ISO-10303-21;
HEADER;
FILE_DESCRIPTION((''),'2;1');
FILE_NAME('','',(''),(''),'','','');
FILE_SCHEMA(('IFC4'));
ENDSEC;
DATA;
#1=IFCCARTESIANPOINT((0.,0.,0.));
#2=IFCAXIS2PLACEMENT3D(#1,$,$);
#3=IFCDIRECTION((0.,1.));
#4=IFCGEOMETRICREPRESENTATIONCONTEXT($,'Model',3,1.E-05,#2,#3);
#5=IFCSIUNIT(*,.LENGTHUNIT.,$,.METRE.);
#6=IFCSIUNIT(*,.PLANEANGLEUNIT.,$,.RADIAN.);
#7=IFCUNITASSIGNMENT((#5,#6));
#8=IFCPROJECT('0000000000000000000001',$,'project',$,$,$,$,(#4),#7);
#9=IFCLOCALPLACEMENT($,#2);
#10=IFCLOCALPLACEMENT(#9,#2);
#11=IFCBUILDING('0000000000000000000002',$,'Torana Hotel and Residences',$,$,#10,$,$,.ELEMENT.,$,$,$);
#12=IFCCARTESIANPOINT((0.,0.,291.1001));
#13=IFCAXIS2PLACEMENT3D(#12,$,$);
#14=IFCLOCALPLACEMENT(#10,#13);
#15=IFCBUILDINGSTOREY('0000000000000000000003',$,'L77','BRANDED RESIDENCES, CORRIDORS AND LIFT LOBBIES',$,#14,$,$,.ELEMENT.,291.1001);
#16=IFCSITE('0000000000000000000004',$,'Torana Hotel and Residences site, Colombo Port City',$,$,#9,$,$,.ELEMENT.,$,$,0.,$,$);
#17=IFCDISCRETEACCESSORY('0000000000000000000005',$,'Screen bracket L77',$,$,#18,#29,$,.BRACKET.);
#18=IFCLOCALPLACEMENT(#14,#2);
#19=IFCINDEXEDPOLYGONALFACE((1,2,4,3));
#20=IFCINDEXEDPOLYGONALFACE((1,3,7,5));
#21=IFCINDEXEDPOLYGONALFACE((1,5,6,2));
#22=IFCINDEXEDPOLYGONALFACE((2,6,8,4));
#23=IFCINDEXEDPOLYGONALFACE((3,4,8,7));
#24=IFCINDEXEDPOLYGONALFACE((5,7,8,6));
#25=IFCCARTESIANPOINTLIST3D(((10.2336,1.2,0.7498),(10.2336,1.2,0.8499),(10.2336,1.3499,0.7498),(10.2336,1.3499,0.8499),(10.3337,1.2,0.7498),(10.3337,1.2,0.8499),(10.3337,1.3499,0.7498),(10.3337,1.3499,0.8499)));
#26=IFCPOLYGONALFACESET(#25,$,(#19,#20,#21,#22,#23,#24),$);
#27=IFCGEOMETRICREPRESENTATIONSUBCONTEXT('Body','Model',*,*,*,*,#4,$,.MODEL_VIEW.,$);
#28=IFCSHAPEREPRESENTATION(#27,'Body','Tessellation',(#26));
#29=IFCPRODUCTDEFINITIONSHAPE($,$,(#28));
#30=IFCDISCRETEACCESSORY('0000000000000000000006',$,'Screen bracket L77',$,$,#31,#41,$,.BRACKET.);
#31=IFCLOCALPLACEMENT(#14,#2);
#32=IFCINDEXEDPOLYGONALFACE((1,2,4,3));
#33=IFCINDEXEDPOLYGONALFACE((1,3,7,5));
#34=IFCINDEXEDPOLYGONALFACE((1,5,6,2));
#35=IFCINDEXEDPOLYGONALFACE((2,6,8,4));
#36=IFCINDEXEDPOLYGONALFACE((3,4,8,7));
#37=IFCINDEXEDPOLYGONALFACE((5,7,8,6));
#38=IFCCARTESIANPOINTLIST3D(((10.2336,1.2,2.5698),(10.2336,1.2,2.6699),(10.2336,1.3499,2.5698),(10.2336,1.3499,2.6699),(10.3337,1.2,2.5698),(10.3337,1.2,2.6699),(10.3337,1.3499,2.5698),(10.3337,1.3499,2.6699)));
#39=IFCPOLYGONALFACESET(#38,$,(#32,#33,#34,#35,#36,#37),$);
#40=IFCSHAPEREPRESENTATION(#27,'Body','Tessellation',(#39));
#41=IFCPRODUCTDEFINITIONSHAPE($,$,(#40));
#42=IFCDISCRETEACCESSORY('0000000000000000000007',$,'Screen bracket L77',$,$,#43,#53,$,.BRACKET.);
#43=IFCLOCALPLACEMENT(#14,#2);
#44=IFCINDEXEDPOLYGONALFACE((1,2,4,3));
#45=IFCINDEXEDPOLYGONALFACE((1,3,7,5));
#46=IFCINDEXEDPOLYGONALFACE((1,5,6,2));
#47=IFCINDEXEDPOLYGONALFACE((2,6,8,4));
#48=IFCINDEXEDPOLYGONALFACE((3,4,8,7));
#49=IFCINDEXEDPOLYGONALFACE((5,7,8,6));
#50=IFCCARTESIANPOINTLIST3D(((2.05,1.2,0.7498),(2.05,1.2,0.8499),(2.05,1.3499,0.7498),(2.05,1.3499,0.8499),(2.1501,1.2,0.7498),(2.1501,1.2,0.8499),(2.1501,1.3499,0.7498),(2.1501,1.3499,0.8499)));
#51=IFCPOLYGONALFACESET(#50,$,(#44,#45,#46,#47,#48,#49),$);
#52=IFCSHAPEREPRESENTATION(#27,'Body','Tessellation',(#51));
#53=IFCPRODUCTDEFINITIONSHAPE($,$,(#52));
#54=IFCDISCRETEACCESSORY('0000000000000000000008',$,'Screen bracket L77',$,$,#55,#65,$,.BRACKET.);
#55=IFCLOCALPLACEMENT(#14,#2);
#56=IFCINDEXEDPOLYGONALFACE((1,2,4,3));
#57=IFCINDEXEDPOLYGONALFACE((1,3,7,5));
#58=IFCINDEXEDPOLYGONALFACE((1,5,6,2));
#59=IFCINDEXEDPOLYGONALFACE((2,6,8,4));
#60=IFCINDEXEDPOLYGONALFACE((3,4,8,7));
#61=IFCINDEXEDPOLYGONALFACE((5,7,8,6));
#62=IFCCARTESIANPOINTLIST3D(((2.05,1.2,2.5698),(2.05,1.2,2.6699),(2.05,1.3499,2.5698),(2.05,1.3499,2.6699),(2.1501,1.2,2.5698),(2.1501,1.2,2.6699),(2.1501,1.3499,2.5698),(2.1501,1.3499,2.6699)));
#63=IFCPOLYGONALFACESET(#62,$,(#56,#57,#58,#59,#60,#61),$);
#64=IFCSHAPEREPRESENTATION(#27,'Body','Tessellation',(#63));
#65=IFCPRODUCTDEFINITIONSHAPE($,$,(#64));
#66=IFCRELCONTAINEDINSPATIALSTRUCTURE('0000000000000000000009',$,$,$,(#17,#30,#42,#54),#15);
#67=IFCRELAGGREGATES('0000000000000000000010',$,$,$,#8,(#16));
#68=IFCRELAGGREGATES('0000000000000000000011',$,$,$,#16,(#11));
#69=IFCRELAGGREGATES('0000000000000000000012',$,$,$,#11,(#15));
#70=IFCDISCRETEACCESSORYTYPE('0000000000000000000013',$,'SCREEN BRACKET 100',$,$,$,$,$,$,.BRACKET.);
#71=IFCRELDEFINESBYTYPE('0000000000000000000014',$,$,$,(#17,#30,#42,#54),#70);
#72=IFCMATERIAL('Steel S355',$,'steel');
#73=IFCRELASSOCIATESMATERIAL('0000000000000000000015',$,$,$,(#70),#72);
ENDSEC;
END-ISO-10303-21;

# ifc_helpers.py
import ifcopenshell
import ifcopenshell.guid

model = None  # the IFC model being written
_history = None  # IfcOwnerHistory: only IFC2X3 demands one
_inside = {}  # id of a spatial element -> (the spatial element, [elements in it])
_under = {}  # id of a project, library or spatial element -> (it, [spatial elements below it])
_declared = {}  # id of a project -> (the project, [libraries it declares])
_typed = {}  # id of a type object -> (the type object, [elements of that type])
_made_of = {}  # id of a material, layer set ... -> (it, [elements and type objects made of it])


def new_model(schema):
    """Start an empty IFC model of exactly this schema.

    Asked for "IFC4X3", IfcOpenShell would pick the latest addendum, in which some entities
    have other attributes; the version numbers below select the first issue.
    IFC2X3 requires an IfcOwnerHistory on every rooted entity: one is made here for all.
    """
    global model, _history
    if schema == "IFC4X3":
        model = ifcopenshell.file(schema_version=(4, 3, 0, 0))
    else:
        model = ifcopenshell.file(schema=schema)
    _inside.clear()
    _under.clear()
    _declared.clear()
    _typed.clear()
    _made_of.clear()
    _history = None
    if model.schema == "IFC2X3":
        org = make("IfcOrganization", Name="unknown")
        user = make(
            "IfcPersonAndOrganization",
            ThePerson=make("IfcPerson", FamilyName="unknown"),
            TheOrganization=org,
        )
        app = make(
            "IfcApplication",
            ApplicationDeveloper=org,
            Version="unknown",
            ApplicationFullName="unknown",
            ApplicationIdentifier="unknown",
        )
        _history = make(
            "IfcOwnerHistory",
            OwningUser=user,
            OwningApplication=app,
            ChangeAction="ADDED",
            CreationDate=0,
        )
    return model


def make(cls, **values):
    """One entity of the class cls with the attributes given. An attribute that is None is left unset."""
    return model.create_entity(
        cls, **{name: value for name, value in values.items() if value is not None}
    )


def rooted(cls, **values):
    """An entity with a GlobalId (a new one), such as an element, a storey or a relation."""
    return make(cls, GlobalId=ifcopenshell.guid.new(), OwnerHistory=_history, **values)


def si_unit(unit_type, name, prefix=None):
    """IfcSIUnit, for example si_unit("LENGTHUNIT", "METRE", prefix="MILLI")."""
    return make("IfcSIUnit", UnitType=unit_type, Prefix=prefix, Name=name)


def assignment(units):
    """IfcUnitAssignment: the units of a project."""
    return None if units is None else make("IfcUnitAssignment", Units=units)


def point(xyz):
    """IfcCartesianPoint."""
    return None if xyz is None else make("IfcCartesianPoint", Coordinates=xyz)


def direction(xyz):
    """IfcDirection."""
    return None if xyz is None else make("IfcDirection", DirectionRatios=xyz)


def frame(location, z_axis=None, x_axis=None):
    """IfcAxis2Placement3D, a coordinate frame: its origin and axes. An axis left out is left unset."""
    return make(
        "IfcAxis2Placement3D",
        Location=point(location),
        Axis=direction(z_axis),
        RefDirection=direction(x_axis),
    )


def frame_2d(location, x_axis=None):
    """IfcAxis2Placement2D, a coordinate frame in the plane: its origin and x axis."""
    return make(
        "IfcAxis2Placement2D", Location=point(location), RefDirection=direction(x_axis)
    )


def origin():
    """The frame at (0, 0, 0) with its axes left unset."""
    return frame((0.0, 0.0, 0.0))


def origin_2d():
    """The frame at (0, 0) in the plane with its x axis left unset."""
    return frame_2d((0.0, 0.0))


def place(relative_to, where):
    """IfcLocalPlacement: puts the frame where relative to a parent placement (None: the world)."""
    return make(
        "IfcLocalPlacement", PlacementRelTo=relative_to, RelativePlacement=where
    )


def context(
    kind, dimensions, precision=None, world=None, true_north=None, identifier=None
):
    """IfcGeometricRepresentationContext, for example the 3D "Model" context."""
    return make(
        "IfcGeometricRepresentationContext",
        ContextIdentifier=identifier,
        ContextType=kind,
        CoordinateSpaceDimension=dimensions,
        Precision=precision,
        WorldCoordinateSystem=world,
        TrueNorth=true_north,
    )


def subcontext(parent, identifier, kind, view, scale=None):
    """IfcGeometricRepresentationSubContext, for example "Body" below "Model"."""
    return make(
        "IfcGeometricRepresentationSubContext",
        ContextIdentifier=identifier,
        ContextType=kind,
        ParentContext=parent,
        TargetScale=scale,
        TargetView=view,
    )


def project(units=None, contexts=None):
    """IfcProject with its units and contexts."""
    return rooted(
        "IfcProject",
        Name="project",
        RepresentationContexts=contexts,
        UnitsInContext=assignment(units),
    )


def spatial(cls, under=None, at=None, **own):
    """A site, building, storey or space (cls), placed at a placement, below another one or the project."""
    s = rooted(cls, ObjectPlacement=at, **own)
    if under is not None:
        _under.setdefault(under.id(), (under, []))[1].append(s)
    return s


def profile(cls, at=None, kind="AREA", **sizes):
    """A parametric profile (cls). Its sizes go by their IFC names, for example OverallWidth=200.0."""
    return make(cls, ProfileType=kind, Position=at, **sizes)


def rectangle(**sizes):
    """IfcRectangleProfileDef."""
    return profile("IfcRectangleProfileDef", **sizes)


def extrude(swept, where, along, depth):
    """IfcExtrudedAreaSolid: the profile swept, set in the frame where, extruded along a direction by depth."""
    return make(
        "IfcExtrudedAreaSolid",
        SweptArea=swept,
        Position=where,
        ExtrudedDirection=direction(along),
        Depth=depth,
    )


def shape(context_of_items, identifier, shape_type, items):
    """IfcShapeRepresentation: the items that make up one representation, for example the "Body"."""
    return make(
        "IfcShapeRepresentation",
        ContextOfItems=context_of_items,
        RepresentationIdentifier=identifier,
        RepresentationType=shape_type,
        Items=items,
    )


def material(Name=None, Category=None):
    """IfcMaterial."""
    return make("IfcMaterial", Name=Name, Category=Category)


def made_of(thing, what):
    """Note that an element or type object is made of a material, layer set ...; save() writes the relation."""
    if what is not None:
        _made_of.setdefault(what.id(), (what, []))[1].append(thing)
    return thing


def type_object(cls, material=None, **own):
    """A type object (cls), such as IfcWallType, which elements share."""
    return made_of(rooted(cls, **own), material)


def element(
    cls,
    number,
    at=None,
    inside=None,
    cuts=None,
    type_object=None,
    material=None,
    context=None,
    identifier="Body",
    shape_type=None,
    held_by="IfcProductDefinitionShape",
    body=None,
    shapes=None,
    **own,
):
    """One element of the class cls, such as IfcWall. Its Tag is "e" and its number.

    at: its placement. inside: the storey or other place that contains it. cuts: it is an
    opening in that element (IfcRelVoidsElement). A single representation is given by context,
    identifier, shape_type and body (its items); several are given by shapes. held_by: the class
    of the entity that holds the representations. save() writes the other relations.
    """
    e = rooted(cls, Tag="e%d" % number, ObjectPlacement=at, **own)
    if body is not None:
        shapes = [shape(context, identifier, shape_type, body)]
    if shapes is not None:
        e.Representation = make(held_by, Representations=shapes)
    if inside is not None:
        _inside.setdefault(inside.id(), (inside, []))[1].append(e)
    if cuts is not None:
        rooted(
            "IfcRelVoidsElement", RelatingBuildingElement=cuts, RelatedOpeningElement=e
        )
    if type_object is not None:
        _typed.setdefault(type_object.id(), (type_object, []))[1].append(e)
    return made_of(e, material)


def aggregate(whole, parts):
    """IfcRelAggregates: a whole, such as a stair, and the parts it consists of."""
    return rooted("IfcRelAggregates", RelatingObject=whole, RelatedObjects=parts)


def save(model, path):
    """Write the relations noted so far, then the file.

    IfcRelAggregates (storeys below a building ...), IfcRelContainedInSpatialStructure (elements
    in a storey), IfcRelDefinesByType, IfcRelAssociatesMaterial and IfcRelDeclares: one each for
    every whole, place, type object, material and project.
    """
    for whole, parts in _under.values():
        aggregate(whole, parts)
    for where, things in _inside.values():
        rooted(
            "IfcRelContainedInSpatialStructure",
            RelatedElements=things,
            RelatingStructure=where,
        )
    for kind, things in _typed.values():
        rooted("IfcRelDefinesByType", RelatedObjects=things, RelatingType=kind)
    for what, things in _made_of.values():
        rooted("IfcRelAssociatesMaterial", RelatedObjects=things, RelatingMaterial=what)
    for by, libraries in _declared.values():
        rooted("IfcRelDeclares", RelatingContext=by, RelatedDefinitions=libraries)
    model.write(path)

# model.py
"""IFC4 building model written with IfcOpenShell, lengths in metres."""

from ifc_helpers import new_model, si_unit, direction, frame, origin, origin_2d, place, context, subcontext, project, spatial, rectangle, extrude, material, type_object, element, save


model = new_model("IFC4")

# Units and contexts
model_context = context("Model", 3, precision=1e-05, world=origin(), true_north=direction((0.0, 1.0)))
body_context = subcontext(model_context, "Body", "Model", "MODEL_VIEW")
ifc_project = project(units=[si_unit("LENGTHUNIT", "METRE"), si_unit("PLANEANGLEUNIT", "RADIAN")], contexts=[model_context])

# Site, building, storey
site_placement = place(None, origin())
site = spatial("IfcSite", under=ifc_project, at=site_placement, Name="Torana Hotel and Residences site, Colombo Port City", CompositionType="ELEMENT", RefElevation=0.0)
building_placement = place(site_placement, origin())
building = spatial("IfcBuilding", under=site, at=building_placement, Name="Torana Hotel and Residences", CompositionType="ELEMENT")
storey_placement = place(building_placement, frame((0.0, 0.0, 291.1001)))
storey = spatial("IfcBuildingStorey", under=building, at=storey_placement, Name="L77", Description="BRANDED RESIDENCES, CORRIDORS AND LIFT LOBBIES", CompositionType="ELEMENT", Elevation=291.1001)

# Discrete accessories
ifc_material_1 = material(Name="Steel S355", Category="steel")
discrete_accessory_type = type_object("IfcDiscreteAccessoryType", Name="SCREEN BRACKET 100", PredefinedType="BRACKET", material=ifc_material_1)
for number, where, z_axis, x_axis, name in (
    (1, (10.2837, 1.2749, 0.7498), (0.0, 0.0, 1.0), (-1.0, 0.0, 0.0), "Screen bracket L77"),
    (2, (10.2837, 1.2749, 2.5698), (0.0, 0.0, 1.0), (-1.0, 0.0, 0.0), "Screen bracket L77"),
    (3, (2.1001, 1.2749, 0.7498), (0.0, 0.0, 1.0), (-1.0, 0.0, 0.0), "Screen bracket L77"),
    (4, (2.1001, 1.2749, 2.5698), (0.0, 0.0, 1.0), (-1.0, 0.0, 0.0), "Screen bracket L77"),
):
    element("IfcDiscreteAccessory", number, at=place(storey_placement, frame(where, z_axis=z_axis, x_axis=x_axis)), inside=storey, type_object=discrete_accessory_type, Name=name, PredefinedType="BRACKET", context=body_context, shape_type="SweptSolid", body=[
        extrude(rectangle(XDim=0.1001, YDim=0.1499, at=origin_2d()), origin(), (0.0, 0.0, 1.0), 0.1001),
    ])

save(model, "model.ifc")
